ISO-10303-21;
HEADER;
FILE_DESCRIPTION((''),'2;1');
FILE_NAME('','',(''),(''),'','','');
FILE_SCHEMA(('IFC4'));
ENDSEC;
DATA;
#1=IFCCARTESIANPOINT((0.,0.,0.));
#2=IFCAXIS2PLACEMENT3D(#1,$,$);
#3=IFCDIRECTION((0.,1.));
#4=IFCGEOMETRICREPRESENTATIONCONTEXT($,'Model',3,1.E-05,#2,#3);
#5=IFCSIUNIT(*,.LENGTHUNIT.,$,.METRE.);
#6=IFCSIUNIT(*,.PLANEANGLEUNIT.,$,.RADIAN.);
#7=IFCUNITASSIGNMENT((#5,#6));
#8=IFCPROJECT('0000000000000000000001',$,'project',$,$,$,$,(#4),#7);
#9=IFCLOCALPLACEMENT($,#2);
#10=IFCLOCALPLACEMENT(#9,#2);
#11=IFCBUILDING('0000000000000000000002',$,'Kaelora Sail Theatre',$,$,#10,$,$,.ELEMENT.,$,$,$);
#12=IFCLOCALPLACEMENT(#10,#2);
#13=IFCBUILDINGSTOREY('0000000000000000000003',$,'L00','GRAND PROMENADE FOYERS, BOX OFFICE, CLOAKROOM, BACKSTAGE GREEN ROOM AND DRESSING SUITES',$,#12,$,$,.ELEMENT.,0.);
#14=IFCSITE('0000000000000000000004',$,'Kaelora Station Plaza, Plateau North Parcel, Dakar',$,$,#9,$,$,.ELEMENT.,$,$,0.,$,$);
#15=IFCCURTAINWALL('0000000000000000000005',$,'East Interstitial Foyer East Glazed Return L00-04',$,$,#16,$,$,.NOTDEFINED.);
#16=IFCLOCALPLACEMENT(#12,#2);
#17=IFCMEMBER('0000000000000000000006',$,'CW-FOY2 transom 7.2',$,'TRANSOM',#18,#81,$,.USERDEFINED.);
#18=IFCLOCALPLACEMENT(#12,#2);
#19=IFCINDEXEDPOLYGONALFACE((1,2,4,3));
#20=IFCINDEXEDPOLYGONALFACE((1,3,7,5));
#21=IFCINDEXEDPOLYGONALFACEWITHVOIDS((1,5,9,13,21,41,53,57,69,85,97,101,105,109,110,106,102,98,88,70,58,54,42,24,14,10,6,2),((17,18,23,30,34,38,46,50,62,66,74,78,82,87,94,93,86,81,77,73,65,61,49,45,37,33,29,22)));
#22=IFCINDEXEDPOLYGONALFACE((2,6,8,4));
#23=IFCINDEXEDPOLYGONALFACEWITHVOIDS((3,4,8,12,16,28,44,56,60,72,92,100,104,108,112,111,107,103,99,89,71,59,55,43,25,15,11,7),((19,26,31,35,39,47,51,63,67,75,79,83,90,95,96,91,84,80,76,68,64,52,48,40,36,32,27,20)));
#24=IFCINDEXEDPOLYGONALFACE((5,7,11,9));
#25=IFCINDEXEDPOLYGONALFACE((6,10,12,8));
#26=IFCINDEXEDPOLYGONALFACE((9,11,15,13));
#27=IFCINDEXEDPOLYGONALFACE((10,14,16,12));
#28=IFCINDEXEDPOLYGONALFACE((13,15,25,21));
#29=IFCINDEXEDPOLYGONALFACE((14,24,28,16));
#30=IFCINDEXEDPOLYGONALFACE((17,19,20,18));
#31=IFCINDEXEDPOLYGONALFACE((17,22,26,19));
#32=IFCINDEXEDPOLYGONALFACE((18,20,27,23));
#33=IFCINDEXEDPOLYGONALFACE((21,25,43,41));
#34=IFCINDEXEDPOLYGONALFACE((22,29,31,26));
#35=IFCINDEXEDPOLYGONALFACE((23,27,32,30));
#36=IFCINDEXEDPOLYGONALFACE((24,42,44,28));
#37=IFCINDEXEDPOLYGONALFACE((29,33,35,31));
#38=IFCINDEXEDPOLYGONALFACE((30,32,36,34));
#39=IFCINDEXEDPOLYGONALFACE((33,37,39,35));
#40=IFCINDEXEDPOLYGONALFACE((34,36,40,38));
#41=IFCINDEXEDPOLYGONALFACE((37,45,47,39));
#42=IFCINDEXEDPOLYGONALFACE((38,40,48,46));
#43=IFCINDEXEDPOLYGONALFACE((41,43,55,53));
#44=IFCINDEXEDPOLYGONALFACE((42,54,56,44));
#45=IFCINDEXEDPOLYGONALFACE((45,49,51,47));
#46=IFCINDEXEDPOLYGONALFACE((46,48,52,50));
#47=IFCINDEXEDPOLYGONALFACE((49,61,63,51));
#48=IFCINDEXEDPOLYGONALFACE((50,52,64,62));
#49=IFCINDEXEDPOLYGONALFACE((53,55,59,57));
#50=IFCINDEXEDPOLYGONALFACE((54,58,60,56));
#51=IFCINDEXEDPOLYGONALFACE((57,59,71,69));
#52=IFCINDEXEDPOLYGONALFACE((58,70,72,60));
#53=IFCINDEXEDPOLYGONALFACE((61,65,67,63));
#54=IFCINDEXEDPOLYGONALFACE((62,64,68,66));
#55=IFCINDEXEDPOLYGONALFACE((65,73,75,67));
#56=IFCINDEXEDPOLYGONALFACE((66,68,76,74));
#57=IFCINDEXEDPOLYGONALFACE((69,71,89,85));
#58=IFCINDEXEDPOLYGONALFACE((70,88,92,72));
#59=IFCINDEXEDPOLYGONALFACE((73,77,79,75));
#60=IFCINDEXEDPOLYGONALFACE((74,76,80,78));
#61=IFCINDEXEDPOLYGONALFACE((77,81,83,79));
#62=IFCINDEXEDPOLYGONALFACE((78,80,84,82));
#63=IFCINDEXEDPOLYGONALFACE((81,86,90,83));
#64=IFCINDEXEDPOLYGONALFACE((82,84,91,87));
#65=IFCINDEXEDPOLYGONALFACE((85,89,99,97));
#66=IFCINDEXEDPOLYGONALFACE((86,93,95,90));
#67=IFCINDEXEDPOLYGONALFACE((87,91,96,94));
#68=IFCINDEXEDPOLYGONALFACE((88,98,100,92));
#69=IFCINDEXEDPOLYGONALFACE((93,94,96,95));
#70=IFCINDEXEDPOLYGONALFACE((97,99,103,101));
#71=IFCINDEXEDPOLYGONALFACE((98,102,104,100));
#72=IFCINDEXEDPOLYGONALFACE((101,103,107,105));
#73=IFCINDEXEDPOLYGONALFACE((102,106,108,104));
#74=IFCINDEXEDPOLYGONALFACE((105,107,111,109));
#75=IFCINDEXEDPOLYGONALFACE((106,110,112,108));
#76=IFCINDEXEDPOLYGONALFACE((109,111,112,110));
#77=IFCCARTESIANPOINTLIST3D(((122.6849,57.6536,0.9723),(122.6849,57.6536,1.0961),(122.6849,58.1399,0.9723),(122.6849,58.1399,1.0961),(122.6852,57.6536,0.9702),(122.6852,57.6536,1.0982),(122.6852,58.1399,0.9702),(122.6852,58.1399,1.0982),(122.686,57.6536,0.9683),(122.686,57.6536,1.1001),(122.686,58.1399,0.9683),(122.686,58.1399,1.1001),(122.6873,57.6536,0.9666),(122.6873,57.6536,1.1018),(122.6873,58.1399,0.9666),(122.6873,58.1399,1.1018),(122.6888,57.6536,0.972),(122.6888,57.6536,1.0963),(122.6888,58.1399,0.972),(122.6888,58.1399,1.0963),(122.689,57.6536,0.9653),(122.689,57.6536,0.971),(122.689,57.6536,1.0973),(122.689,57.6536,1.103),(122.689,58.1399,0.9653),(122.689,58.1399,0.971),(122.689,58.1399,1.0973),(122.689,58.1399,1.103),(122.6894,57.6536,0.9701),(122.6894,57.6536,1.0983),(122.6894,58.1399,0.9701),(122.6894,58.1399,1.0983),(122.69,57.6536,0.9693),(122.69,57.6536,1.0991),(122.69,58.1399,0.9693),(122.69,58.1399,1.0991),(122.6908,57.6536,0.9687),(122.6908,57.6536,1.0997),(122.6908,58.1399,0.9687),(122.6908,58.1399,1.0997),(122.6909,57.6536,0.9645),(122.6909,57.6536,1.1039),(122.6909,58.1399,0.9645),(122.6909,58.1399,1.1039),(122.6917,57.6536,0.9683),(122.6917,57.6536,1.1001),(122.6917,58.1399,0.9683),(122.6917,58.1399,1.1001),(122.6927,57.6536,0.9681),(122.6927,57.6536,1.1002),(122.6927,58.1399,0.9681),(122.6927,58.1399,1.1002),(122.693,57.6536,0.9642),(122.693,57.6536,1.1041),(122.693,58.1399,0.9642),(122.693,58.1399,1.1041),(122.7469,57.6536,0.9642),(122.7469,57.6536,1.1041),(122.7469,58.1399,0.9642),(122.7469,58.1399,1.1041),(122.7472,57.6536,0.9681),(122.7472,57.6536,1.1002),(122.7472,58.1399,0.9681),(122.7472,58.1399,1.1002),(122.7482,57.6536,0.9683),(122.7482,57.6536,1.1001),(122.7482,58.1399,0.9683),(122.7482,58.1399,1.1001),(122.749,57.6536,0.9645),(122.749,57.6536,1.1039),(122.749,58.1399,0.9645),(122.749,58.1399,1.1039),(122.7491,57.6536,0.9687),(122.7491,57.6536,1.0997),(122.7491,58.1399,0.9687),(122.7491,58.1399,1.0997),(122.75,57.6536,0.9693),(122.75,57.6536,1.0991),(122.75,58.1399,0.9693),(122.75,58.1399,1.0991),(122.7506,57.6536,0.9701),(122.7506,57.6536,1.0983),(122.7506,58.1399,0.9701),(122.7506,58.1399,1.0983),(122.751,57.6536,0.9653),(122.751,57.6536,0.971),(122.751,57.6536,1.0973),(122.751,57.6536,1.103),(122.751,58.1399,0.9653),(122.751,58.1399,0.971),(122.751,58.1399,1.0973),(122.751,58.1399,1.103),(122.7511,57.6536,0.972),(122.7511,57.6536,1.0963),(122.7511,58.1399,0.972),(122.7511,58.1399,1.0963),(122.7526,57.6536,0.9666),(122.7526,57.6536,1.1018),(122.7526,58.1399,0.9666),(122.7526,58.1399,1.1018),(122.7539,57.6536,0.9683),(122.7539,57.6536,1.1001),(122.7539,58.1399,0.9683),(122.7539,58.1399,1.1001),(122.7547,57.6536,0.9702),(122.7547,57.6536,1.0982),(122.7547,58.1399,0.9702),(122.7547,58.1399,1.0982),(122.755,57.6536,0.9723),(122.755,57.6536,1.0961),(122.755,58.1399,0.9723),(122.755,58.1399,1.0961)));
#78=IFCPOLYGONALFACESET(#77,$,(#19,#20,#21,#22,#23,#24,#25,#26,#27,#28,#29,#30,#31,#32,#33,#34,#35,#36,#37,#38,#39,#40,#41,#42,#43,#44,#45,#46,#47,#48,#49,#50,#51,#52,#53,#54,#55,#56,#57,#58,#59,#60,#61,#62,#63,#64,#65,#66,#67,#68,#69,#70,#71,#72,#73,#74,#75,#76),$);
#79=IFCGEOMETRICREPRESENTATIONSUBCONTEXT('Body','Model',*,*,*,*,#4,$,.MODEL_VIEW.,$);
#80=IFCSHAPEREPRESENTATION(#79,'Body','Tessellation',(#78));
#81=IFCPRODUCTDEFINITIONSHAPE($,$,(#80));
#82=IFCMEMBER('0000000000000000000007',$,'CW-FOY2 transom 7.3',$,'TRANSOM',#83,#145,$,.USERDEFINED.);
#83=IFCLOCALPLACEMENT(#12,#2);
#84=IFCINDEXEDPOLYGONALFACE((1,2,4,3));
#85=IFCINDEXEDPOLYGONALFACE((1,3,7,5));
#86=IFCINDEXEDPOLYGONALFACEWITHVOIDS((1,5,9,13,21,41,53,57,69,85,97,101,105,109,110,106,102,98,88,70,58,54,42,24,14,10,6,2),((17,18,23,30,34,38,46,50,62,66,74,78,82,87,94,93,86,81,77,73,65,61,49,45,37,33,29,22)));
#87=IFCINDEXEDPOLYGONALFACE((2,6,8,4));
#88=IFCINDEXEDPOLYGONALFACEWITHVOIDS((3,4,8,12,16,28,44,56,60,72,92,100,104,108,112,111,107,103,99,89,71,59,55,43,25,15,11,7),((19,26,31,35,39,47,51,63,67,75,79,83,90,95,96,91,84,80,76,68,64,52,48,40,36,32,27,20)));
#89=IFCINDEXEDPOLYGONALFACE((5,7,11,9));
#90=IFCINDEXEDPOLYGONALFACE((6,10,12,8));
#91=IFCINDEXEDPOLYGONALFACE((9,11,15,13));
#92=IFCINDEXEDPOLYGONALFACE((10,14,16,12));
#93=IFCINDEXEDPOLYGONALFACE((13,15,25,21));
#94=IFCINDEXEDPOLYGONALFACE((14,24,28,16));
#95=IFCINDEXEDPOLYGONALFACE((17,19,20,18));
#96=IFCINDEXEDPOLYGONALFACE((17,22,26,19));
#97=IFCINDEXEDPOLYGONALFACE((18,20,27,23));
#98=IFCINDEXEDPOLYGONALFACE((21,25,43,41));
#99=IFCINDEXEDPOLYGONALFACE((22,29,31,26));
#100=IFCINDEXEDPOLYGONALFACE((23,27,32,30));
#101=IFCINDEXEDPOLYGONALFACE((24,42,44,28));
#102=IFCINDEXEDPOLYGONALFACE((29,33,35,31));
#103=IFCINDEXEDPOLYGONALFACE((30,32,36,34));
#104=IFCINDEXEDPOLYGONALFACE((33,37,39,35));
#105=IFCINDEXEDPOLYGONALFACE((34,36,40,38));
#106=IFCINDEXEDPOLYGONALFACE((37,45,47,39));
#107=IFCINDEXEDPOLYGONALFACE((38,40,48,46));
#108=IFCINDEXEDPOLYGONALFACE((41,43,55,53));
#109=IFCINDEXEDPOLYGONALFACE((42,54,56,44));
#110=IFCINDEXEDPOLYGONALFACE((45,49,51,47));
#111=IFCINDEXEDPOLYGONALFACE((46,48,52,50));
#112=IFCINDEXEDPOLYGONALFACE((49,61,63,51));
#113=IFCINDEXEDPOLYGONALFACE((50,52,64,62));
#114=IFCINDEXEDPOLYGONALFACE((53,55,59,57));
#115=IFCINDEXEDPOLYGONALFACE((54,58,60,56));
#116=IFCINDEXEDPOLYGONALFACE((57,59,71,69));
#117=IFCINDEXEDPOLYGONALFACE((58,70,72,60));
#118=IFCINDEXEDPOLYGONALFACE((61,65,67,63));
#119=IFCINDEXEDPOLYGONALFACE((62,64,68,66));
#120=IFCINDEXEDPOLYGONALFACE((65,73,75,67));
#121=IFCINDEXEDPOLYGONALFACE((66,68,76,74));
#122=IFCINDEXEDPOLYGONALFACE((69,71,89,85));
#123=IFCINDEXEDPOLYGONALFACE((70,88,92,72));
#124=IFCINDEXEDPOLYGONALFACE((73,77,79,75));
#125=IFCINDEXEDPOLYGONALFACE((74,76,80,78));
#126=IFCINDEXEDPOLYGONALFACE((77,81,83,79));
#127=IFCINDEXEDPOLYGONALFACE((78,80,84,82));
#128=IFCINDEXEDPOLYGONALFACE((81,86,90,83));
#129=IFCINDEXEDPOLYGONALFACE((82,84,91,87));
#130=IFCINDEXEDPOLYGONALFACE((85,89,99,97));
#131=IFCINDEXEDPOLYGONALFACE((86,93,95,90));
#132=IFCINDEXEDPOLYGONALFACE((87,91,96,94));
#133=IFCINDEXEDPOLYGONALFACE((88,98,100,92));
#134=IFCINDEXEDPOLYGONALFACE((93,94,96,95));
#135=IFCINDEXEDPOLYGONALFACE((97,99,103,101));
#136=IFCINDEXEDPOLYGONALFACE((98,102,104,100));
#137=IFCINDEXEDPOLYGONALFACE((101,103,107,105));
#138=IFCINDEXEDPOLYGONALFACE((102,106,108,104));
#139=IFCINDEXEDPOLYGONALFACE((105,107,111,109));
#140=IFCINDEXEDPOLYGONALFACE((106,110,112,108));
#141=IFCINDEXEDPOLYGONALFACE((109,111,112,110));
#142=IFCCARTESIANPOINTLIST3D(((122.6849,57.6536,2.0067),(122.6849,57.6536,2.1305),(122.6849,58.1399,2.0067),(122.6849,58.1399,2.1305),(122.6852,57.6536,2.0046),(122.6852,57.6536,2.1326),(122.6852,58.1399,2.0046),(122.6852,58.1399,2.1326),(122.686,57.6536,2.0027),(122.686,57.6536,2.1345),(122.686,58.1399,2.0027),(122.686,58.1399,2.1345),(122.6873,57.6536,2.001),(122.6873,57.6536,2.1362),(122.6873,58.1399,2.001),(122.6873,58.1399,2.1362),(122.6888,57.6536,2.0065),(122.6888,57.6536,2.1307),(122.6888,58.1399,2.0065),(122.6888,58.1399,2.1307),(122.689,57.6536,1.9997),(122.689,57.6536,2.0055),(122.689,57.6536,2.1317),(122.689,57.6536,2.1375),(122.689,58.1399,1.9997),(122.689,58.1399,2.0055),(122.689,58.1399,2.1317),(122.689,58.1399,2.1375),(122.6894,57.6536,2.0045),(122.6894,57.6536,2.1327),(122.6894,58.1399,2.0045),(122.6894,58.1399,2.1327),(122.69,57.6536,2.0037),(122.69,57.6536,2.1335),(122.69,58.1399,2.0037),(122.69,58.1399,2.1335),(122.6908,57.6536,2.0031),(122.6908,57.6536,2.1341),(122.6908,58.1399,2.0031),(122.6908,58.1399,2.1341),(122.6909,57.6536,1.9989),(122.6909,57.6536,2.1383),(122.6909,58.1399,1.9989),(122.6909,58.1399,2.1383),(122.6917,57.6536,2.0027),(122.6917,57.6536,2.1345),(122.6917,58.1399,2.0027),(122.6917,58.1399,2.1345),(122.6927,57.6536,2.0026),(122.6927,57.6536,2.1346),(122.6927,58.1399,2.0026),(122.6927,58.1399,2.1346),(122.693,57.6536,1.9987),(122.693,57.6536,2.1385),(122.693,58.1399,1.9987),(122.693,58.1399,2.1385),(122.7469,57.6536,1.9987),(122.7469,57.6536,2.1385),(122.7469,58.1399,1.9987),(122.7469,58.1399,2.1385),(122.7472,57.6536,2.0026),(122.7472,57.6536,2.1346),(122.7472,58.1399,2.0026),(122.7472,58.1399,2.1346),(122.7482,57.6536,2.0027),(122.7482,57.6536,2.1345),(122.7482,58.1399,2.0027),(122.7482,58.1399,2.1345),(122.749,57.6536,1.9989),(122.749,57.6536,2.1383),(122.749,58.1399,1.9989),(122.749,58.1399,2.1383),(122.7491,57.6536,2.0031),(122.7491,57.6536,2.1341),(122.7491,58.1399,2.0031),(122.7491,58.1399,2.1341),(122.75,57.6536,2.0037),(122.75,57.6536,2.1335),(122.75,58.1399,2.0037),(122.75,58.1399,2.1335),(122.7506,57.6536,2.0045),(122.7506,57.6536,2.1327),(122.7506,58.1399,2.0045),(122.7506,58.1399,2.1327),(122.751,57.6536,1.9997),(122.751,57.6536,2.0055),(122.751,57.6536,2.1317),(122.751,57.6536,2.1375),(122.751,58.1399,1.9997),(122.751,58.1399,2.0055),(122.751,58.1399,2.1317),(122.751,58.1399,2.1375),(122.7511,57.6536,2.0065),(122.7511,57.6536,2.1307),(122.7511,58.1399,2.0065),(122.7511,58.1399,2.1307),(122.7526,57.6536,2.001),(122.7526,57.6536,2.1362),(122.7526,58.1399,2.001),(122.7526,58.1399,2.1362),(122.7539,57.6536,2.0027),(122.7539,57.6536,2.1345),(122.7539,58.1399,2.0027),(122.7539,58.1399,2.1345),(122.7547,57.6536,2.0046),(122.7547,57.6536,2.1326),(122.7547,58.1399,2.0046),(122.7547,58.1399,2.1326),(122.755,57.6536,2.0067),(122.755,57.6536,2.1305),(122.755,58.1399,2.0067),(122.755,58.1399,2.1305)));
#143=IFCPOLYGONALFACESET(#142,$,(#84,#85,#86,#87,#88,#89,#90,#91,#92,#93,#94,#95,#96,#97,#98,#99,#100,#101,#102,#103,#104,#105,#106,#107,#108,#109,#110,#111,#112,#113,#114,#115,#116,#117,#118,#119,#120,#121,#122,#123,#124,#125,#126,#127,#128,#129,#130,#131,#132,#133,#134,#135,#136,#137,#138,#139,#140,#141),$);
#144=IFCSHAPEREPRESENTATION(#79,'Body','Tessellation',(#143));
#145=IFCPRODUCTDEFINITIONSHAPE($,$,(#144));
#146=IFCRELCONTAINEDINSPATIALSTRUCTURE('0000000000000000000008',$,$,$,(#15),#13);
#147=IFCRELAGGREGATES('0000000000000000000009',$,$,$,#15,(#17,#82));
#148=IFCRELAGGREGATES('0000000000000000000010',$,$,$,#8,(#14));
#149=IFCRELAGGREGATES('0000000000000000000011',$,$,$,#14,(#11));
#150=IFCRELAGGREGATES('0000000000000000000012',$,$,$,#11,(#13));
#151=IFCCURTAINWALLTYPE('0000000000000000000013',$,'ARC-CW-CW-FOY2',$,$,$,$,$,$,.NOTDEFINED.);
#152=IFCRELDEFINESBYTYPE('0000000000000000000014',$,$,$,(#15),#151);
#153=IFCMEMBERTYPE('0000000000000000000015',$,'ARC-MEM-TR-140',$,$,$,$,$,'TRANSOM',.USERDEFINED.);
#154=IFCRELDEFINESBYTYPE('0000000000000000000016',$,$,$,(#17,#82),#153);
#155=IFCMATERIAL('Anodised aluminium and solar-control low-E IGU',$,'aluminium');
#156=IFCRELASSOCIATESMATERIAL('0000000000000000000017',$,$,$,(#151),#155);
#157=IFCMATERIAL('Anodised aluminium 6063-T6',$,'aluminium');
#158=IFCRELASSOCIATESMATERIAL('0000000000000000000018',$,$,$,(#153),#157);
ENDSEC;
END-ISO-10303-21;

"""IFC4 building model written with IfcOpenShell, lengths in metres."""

from ifc_helpers import new_model, si_unit, direction, frame, origin, origin_2d, place, context, subcontext, project, spatial, hollow_rectangle, extrude, material, material_profile, profile_set, type_object, element, aggregate, save


model = new_model("IFC4")

# Units and contexts
model_context = context("Model", 3, precision=1e-05, world=origin(), true_north=direction((0.0, 1.0)))
body_context = subcontext(model_context, "Body", "Model", "MODEL_VIEW")
ifc_project = project(units=[si_unit("LENGTHUNIT", "METRE"), si_unit("PLANEANGLEUNIT", "RADIAN")], contexts=[model_context])

# Site, building, storey
site_placement = place(None, origin())
site = spatial("IfcSite", under=ifc_project, at=site_placement, Name="Kaelora Station Plaza, Plateau North Parcel, Dakar", CompositionType="ELEMENT", RefElevation=0.0)
building_placement = place(site_placement, origin())
building = spatial("IfcBuilding", under=site, at=building_placement, Name="Kaelora Sail Theatre", CompositionType="ELEMENT")
storey_placement = place(building_placement, origin())
storey = spatial("IfcBuildingStorey", under=building, at=storey_placement, Name="L00", Description="GRAND PROMENADE FOYERS, BOX OFFICE, CLOAKROOM, BACKSTAGE GREEN ROOM AND DRESSING SUITES", CompositionType="ELEMENT", Elevation=0.0)

# Curtain wall, members
ifc_material_1 = material(Name="Anodised aluminium and solar-control low-E IGU", Category="aluminium")
curtain_wall_type = type_object("IfcCurtainWallType", Name="ARC-CW-CW-FOY2", PredefinedType="NOTDEFINED", material=ifc_material_1)
curtain_wall_placement = place(storey_placement, origin())
curtain_wall = element("IfcCurtainWall", 1, at=curtain_wall_placement, inside=storey, type_object=curtain_wall_type, Name="East Interstitial Foyer East Glazed Return L00-04", PredefinedType="NOTDEFINED")
ifc_material_2 = material(Name="Anodised aluminium 6063-T6", Category="aluminium")
ifc_material_profile_1 = material_profile(ifc_material_2, hollow_rectangle(XDim=0.0701, YDim=0.1399, WallThickness=0.0039, InnerFilletRadius=0.0039, OuterFilletRadius=0.0081, at=origin_2d()), Name="ALU-TRAN 70x140x4")
ifc_profile_set_1 = profile_set([ifc_material_profile_1], Name="Anodised aluminium 6063-T6")
member_type_1 = type_object("IfcMemberType", Name="ARC-MEM-TR-140", ElementType="TRANSOM", PredefinedType="USERDEFINED", material=ifc_profile_set_1)
member_1_placement = place(storey_placement, frame((122.72, 57.6536, 1.0342), z_axis=(0.0, 1.0, 0.0), x_axis=(-1.0, 0.0, 0.0)))
member_1 = element("IfcMember", 2, at=member_1_placement, type_object=member_type_1, Name="CW-FOY2 transom 7.2", ObjectType="TRANSOM", PredefinedType="USERDEFINED", context=body_context, shape_type="SweptSolid", body=[
    extrude(hollow_rectangle(XDim=0.0701, YDim=0.1399, WallThickness=0.0039, InnerFilletRadius=0.0039, OuterFilletRadius=0.0081, at=origin_2d()), origin(), (0.0, 0.0, 1.0), 0.4863),
])
member_2_placement = place(storey_placement, frame((122.72, 57.6536, 2.0686), z_axis=(0.0, 1.0, 0.0), x_axis=(-1.0, 0.0, 0.0)))
member_2 = element("IfcMember", 3, at=member_2_placement, type_object=member_type_1, Name="CW-FOY2 transom 7.3", ObjectType="TRANSOM", PredefinedType="USERDEFINED", context=body_context, shape_type="SweptSolid", body=[
    extrude(hollow_rectangle(XDim=0.0701, YDim=0.1399, WallThickness=0.0039, InnerFilletRadius=0.0039, OuterFilletRadius=0.0081, at=origin_2d()), origin(), (0.0, 0.0, 1.0), 0.4863),
])
aggregate(curtain_wall, [member_1, member_2])

save(model, "model.ifc")
